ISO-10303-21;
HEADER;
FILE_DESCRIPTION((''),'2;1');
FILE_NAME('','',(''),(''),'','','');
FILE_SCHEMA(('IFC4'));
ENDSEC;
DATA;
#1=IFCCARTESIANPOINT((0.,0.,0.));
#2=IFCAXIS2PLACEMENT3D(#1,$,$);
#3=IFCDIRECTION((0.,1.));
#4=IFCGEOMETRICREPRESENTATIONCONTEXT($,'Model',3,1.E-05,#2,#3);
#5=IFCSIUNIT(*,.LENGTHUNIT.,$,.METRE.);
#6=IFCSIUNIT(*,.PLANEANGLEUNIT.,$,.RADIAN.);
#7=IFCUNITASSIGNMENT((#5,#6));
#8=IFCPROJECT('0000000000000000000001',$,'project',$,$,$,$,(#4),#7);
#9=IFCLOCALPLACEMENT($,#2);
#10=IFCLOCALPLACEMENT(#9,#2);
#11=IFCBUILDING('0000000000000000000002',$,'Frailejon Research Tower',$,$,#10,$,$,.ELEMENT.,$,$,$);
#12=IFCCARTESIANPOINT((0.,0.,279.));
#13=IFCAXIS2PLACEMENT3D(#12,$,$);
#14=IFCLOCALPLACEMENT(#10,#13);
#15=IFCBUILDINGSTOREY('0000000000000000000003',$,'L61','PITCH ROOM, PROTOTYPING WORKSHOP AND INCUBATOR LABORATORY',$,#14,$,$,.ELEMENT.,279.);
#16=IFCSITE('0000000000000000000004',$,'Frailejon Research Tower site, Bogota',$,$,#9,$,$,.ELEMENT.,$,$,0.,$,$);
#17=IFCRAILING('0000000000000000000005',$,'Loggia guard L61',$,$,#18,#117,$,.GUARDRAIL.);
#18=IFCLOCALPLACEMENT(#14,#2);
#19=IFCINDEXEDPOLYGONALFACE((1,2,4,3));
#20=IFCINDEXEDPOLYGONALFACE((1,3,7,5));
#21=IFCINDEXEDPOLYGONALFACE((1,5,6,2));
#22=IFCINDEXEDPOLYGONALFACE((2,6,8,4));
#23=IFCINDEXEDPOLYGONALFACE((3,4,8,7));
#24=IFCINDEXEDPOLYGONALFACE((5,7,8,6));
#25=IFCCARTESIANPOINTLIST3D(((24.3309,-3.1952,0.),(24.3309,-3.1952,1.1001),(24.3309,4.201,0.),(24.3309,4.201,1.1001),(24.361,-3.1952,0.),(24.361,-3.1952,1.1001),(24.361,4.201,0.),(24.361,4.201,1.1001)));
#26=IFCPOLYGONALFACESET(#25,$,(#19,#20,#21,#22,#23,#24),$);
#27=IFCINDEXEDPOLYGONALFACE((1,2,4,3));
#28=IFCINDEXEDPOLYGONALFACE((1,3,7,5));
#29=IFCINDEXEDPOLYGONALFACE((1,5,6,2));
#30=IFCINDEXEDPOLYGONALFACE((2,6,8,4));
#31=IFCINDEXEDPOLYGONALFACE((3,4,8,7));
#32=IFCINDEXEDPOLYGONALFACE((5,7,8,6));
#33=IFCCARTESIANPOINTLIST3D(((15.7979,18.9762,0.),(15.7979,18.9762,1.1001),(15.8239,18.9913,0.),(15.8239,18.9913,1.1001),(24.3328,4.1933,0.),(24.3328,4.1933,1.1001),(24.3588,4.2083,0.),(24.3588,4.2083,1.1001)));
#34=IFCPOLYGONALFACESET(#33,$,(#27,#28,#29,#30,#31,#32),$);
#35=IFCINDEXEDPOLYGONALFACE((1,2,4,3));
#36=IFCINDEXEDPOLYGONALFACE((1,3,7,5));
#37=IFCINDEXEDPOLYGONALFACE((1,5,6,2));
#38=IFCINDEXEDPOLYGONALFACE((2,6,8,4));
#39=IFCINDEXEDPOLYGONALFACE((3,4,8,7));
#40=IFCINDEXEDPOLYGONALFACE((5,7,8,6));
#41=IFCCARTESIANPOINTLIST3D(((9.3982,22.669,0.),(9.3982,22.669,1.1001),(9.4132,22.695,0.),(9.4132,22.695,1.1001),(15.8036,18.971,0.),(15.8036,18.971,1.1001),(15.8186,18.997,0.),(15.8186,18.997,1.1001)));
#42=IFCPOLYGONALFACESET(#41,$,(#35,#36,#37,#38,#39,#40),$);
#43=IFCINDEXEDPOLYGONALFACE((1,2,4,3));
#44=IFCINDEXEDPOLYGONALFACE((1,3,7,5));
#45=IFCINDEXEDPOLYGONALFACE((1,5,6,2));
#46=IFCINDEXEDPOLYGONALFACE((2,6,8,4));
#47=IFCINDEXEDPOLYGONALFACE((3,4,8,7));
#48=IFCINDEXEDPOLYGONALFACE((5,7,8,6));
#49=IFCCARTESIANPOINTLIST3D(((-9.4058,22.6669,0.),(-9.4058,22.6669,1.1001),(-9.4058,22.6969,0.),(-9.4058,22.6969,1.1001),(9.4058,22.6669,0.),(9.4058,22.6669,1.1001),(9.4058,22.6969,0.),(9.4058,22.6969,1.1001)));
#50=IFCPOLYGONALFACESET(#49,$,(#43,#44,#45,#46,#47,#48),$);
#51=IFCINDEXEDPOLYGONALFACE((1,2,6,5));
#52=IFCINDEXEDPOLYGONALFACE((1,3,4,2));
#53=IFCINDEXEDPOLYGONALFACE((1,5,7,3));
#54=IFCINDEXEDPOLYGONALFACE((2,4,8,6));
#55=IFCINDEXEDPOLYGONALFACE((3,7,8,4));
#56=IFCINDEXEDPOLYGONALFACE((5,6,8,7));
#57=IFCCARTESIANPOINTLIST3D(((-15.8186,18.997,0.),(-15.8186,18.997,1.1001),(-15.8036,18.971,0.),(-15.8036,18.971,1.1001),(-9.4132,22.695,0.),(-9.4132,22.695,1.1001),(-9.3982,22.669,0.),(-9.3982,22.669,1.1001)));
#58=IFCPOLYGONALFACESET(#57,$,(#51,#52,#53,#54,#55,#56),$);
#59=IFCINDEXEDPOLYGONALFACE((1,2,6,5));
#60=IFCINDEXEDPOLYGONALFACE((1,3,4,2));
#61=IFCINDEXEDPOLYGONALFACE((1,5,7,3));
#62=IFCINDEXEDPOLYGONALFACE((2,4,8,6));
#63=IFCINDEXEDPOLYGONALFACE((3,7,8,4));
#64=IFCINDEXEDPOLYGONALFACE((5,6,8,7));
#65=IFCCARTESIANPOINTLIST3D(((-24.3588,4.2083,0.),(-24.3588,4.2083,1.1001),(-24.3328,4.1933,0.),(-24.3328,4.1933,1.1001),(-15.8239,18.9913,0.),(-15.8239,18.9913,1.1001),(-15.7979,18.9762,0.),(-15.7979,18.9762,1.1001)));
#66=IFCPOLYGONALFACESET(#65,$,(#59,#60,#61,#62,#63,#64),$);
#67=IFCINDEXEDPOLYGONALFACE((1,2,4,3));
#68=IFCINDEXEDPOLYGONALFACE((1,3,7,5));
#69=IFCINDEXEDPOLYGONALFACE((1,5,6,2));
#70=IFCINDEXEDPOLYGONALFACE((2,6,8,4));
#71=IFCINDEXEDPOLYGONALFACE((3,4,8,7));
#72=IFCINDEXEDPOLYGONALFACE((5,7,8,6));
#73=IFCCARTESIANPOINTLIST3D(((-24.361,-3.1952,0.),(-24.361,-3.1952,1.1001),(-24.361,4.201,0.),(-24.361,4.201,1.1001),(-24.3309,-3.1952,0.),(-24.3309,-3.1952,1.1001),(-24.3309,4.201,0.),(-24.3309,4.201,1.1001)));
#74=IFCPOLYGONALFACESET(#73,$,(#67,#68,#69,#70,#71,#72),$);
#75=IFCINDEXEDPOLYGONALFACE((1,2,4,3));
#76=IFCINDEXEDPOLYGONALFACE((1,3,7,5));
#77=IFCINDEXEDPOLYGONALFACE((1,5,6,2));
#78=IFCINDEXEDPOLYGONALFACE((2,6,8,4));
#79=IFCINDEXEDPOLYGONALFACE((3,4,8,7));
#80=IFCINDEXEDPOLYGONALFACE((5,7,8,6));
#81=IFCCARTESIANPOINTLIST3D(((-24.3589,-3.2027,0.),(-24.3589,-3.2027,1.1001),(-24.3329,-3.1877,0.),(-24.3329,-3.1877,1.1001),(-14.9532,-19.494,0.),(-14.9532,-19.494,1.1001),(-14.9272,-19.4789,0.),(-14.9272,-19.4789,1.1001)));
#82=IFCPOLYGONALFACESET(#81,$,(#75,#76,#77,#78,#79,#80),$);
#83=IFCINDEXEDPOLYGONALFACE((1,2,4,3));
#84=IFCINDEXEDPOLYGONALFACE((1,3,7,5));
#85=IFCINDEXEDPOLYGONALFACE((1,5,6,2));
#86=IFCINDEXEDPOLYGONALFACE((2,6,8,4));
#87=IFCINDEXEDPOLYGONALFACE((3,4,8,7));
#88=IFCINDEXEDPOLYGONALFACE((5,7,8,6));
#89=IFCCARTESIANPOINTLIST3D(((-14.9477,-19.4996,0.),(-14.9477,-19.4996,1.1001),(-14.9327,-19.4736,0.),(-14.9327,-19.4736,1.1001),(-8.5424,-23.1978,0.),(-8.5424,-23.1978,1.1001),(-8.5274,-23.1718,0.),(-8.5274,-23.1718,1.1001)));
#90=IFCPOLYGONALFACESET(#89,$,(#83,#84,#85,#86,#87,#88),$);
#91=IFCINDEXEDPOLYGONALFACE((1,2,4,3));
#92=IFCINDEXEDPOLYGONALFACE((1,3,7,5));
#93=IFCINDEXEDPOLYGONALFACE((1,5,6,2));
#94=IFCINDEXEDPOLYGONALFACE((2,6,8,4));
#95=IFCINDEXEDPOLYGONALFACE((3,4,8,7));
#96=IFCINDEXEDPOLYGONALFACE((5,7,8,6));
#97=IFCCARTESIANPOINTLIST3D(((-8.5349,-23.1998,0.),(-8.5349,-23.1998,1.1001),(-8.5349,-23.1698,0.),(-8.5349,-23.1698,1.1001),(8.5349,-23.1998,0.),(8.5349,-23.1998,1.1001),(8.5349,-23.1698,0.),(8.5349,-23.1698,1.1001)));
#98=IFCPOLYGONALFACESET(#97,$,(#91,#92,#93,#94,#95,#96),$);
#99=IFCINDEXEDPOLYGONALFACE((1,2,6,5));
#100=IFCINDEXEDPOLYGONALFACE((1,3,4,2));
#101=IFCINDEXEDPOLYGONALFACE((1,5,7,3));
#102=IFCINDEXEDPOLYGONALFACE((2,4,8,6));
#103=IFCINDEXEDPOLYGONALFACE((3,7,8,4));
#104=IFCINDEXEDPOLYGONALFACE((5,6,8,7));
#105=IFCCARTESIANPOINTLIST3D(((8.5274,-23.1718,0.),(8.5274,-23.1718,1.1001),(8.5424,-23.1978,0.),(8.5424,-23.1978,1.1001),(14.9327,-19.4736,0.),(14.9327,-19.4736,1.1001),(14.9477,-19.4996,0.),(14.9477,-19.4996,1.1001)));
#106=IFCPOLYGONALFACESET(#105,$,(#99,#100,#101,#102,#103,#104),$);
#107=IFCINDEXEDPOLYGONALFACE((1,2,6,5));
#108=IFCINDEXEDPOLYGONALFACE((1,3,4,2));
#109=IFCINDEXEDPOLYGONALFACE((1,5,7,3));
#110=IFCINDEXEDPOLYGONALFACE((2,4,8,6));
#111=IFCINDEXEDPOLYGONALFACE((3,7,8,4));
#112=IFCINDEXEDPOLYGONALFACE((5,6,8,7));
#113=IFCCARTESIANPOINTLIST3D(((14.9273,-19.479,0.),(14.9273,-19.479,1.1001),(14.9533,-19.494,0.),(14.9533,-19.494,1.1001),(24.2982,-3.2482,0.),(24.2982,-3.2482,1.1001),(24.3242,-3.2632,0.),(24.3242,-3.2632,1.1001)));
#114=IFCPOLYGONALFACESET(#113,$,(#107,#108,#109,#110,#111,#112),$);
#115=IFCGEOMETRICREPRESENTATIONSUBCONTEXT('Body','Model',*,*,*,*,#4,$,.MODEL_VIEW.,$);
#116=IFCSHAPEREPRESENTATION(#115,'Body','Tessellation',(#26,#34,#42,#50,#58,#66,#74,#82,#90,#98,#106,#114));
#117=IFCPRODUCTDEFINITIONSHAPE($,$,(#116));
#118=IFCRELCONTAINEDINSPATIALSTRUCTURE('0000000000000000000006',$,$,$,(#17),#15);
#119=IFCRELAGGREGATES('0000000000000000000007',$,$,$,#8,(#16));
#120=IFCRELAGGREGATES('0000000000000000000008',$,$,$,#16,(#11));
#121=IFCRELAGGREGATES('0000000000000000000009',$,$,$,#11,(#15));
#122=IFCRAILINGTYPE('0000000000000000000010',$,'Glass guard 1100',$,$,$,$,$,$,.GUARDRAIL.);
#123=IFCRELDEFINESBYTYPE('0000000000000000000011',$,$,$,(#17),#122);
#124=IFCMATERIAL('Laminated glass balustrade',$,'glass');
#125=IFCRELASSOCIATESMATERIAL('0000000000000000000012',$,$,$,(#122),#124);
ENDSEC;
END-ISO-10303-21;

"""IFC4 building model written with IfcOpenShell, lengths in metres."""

from ifc_helpers import new_model, si_unit, direction, frame, origin, origin_2d, place, context, subcontext, project, spatial, rectangle, extrude, material, type_object, element, save


model = new_model("IFC4")

# Units and contexts
model_context = context("Model", 3, precision=1e-05, world=origin(), true_north=direction((0.0, 1.0)))
body_context = subcontext(model_context, "Body", "Model", "MODEL_VIEW")
ifc_project = project(units=[si_unit("LENGTHUNIT", "METRE"), si_unit("PLANEANGLEUNIT", "RADIAN")], contexts=[model_context])

# Site, building, storey
site_placement = place(None, origin())
site = spatial("IfcSite", under=ifc_project, at=site_placement, Name="Frailejon Research Tower site, Bogota", CompositionType="ELEMENT", RefElevation=0.0)
building_placement = place(site_placement, origin())
building = spatial("IfcBuilding", under=site, at=building_placement, Name="Frailejon Research Tower", CompositionType="ELEMENT")
storey_placement = place(building_placement, frame((0.0, 0.0, 279.0)))
storey = spatial("IfcBuildingStorey", under=building, at=storey_placement, Name="L61", Description="PITCH ROOM, PROTOTYPING WORKSHOP AND INCUBATOR LABORATORY", CompositionType="ELEMENT", Elevation=279.0)

# Railing
ifc_material_1 = material(Name="Laminated glass balustrade", Category="glass")
railing_type = type_object("IfcRailingType", Name="Glass guard 1100", PredefinedType="GUARDRAIL", material=ifc_material_1)
railing_placement = place(storey_placement, frame((24.3459, -3.1953, 0.0)))
element("IfcRailing", 1, at=railing_placement, inside=storey, type_object=railing_type, Name="Loggia guard L61", PredefinedType="GUARDRAIL", context=body_context, shape_type="SweptSolid", body=[
    extrude(rectangle(XDim=7.3962, YDim=0.03, at=origin_2d()), frame((0.0, 3.6982, 0.0), z_axis=(0.0, 0.0, 1.0), x_axis=(0.0, 1.0, 0.0)), (0.0, 0.0, 1.0), 1.1001),
    extrude(rectangle(XDim=17.0698, YDim=0.03, at=origin_2d()), frame((-4.2676, 14.7876, 0.0), z_axis=(0.0, 0.0, 1.0), x_axis=(-0.499999, 0.866026, 0.0)), (0.0, 0.0, 1.0), 1.1001),
    extrude(rectangle(XDim=7.3962, YDim=0.03, at=origin_2d()), frame((-11.7375, 24.0283, 0.0), z_axis=(0.0, 0.0, 1.0), x_axis=(-0.866031, 0.499991, 0.0)), (0.0, 0.0, 1.0), 1.1001),
    extrude(rectangle(XDim=18.8115, YDim=0.03, at=origin_2d()), frame((-24.3459, 25.8772, 0.0), z_axis=(0.0, 0.0, 1.0), x_axis=(-1.0, 0.0, 0.0)), (0.0, 0.0, 1.0), 1.1001),
    extrude(rectangle(XDim=7.3962, YDim=0.03, at=origin_2d()), frame((-36.9543, 24.0283, 0.0), z_axis=(0.0, 0.0, 1.0), x_axis=(-0.866031, -0.499991, 0.0)), (0.0, 0.0, 1.0), 1.1001),
    extrude(rectangle(XDim=17.0698, YDim=0.03, at=origin_2d()), frame((-44.4243, 14.7876, 0.0), z_axis=(0.0, 0.0, 1.0), x_axis=(-0.499999, -0.866026, 0.0)), (0.0, 0.0, 1.0), 1.1001),
    extrude(rectangle(XDim=7.3962, YDim=0.03, at=origin_2d()), frame((-48.6919, 3.6982, 0.0), z_axis=(0.0, 0.0, 1.0), x_axis=(0.0, -1.0, 0.0)), (0.0, 0.0, 1.0), 1.1001),
    extrude(rectangle(XDim=18.8115, YDim=0.03, at=origin_2d()), frame((-43.989, -8.1455, 0.0), z_axis=(0.0, 0.0, 1.0), x_axis=(0.5, -0.866025, 0.0)), (0.0, 0.0, 1.0), 1.1001),
    extrude(rectangle(XDim=7.3962, YDim=0.03, at=origin_2d()), frame((-36.0835, -18.1404, 0.0), z_axis=(0.0, 0.0, 1.0), x_axis=(0.866016, -0.500016, 0.0)), (0.0, 0.0, 1.0), 1.1001),
    extrude(rectangle(XDim=17.0698, YDim=0.03, at=origin_2d()), frame((-24.3459, -19.9895, 0.0), z_axis=(0.0, 0.0, 1.0), x_axis=(1.0, 0.0, 0.0)), (0.0, 0.0, 1.0), 1.1001),
    extrude(rectangle(XDim=7.3962, YDim=0.03, at=origin_2d()), frame((-12.6084, -18.1404, 0.0), z_axis=(0.0, 0.0, 1.0), x_axis=(0.866016, 0.500016, 0.0)), (0.0, 0.0, 1.0), 1.1001),
    extrude(rectangle(XDim=18.7417, YDim=0.03, at=origin_2d()), frame((-4.7202, -8.1758, 0.0), z_axis=(0.0, 0.0, 1.0), x_axis=(0.500002, 0.866024, 0.0)), (0.0, 0.0, 1.0), 1.1001),
])

save(model, "model.ifc")
